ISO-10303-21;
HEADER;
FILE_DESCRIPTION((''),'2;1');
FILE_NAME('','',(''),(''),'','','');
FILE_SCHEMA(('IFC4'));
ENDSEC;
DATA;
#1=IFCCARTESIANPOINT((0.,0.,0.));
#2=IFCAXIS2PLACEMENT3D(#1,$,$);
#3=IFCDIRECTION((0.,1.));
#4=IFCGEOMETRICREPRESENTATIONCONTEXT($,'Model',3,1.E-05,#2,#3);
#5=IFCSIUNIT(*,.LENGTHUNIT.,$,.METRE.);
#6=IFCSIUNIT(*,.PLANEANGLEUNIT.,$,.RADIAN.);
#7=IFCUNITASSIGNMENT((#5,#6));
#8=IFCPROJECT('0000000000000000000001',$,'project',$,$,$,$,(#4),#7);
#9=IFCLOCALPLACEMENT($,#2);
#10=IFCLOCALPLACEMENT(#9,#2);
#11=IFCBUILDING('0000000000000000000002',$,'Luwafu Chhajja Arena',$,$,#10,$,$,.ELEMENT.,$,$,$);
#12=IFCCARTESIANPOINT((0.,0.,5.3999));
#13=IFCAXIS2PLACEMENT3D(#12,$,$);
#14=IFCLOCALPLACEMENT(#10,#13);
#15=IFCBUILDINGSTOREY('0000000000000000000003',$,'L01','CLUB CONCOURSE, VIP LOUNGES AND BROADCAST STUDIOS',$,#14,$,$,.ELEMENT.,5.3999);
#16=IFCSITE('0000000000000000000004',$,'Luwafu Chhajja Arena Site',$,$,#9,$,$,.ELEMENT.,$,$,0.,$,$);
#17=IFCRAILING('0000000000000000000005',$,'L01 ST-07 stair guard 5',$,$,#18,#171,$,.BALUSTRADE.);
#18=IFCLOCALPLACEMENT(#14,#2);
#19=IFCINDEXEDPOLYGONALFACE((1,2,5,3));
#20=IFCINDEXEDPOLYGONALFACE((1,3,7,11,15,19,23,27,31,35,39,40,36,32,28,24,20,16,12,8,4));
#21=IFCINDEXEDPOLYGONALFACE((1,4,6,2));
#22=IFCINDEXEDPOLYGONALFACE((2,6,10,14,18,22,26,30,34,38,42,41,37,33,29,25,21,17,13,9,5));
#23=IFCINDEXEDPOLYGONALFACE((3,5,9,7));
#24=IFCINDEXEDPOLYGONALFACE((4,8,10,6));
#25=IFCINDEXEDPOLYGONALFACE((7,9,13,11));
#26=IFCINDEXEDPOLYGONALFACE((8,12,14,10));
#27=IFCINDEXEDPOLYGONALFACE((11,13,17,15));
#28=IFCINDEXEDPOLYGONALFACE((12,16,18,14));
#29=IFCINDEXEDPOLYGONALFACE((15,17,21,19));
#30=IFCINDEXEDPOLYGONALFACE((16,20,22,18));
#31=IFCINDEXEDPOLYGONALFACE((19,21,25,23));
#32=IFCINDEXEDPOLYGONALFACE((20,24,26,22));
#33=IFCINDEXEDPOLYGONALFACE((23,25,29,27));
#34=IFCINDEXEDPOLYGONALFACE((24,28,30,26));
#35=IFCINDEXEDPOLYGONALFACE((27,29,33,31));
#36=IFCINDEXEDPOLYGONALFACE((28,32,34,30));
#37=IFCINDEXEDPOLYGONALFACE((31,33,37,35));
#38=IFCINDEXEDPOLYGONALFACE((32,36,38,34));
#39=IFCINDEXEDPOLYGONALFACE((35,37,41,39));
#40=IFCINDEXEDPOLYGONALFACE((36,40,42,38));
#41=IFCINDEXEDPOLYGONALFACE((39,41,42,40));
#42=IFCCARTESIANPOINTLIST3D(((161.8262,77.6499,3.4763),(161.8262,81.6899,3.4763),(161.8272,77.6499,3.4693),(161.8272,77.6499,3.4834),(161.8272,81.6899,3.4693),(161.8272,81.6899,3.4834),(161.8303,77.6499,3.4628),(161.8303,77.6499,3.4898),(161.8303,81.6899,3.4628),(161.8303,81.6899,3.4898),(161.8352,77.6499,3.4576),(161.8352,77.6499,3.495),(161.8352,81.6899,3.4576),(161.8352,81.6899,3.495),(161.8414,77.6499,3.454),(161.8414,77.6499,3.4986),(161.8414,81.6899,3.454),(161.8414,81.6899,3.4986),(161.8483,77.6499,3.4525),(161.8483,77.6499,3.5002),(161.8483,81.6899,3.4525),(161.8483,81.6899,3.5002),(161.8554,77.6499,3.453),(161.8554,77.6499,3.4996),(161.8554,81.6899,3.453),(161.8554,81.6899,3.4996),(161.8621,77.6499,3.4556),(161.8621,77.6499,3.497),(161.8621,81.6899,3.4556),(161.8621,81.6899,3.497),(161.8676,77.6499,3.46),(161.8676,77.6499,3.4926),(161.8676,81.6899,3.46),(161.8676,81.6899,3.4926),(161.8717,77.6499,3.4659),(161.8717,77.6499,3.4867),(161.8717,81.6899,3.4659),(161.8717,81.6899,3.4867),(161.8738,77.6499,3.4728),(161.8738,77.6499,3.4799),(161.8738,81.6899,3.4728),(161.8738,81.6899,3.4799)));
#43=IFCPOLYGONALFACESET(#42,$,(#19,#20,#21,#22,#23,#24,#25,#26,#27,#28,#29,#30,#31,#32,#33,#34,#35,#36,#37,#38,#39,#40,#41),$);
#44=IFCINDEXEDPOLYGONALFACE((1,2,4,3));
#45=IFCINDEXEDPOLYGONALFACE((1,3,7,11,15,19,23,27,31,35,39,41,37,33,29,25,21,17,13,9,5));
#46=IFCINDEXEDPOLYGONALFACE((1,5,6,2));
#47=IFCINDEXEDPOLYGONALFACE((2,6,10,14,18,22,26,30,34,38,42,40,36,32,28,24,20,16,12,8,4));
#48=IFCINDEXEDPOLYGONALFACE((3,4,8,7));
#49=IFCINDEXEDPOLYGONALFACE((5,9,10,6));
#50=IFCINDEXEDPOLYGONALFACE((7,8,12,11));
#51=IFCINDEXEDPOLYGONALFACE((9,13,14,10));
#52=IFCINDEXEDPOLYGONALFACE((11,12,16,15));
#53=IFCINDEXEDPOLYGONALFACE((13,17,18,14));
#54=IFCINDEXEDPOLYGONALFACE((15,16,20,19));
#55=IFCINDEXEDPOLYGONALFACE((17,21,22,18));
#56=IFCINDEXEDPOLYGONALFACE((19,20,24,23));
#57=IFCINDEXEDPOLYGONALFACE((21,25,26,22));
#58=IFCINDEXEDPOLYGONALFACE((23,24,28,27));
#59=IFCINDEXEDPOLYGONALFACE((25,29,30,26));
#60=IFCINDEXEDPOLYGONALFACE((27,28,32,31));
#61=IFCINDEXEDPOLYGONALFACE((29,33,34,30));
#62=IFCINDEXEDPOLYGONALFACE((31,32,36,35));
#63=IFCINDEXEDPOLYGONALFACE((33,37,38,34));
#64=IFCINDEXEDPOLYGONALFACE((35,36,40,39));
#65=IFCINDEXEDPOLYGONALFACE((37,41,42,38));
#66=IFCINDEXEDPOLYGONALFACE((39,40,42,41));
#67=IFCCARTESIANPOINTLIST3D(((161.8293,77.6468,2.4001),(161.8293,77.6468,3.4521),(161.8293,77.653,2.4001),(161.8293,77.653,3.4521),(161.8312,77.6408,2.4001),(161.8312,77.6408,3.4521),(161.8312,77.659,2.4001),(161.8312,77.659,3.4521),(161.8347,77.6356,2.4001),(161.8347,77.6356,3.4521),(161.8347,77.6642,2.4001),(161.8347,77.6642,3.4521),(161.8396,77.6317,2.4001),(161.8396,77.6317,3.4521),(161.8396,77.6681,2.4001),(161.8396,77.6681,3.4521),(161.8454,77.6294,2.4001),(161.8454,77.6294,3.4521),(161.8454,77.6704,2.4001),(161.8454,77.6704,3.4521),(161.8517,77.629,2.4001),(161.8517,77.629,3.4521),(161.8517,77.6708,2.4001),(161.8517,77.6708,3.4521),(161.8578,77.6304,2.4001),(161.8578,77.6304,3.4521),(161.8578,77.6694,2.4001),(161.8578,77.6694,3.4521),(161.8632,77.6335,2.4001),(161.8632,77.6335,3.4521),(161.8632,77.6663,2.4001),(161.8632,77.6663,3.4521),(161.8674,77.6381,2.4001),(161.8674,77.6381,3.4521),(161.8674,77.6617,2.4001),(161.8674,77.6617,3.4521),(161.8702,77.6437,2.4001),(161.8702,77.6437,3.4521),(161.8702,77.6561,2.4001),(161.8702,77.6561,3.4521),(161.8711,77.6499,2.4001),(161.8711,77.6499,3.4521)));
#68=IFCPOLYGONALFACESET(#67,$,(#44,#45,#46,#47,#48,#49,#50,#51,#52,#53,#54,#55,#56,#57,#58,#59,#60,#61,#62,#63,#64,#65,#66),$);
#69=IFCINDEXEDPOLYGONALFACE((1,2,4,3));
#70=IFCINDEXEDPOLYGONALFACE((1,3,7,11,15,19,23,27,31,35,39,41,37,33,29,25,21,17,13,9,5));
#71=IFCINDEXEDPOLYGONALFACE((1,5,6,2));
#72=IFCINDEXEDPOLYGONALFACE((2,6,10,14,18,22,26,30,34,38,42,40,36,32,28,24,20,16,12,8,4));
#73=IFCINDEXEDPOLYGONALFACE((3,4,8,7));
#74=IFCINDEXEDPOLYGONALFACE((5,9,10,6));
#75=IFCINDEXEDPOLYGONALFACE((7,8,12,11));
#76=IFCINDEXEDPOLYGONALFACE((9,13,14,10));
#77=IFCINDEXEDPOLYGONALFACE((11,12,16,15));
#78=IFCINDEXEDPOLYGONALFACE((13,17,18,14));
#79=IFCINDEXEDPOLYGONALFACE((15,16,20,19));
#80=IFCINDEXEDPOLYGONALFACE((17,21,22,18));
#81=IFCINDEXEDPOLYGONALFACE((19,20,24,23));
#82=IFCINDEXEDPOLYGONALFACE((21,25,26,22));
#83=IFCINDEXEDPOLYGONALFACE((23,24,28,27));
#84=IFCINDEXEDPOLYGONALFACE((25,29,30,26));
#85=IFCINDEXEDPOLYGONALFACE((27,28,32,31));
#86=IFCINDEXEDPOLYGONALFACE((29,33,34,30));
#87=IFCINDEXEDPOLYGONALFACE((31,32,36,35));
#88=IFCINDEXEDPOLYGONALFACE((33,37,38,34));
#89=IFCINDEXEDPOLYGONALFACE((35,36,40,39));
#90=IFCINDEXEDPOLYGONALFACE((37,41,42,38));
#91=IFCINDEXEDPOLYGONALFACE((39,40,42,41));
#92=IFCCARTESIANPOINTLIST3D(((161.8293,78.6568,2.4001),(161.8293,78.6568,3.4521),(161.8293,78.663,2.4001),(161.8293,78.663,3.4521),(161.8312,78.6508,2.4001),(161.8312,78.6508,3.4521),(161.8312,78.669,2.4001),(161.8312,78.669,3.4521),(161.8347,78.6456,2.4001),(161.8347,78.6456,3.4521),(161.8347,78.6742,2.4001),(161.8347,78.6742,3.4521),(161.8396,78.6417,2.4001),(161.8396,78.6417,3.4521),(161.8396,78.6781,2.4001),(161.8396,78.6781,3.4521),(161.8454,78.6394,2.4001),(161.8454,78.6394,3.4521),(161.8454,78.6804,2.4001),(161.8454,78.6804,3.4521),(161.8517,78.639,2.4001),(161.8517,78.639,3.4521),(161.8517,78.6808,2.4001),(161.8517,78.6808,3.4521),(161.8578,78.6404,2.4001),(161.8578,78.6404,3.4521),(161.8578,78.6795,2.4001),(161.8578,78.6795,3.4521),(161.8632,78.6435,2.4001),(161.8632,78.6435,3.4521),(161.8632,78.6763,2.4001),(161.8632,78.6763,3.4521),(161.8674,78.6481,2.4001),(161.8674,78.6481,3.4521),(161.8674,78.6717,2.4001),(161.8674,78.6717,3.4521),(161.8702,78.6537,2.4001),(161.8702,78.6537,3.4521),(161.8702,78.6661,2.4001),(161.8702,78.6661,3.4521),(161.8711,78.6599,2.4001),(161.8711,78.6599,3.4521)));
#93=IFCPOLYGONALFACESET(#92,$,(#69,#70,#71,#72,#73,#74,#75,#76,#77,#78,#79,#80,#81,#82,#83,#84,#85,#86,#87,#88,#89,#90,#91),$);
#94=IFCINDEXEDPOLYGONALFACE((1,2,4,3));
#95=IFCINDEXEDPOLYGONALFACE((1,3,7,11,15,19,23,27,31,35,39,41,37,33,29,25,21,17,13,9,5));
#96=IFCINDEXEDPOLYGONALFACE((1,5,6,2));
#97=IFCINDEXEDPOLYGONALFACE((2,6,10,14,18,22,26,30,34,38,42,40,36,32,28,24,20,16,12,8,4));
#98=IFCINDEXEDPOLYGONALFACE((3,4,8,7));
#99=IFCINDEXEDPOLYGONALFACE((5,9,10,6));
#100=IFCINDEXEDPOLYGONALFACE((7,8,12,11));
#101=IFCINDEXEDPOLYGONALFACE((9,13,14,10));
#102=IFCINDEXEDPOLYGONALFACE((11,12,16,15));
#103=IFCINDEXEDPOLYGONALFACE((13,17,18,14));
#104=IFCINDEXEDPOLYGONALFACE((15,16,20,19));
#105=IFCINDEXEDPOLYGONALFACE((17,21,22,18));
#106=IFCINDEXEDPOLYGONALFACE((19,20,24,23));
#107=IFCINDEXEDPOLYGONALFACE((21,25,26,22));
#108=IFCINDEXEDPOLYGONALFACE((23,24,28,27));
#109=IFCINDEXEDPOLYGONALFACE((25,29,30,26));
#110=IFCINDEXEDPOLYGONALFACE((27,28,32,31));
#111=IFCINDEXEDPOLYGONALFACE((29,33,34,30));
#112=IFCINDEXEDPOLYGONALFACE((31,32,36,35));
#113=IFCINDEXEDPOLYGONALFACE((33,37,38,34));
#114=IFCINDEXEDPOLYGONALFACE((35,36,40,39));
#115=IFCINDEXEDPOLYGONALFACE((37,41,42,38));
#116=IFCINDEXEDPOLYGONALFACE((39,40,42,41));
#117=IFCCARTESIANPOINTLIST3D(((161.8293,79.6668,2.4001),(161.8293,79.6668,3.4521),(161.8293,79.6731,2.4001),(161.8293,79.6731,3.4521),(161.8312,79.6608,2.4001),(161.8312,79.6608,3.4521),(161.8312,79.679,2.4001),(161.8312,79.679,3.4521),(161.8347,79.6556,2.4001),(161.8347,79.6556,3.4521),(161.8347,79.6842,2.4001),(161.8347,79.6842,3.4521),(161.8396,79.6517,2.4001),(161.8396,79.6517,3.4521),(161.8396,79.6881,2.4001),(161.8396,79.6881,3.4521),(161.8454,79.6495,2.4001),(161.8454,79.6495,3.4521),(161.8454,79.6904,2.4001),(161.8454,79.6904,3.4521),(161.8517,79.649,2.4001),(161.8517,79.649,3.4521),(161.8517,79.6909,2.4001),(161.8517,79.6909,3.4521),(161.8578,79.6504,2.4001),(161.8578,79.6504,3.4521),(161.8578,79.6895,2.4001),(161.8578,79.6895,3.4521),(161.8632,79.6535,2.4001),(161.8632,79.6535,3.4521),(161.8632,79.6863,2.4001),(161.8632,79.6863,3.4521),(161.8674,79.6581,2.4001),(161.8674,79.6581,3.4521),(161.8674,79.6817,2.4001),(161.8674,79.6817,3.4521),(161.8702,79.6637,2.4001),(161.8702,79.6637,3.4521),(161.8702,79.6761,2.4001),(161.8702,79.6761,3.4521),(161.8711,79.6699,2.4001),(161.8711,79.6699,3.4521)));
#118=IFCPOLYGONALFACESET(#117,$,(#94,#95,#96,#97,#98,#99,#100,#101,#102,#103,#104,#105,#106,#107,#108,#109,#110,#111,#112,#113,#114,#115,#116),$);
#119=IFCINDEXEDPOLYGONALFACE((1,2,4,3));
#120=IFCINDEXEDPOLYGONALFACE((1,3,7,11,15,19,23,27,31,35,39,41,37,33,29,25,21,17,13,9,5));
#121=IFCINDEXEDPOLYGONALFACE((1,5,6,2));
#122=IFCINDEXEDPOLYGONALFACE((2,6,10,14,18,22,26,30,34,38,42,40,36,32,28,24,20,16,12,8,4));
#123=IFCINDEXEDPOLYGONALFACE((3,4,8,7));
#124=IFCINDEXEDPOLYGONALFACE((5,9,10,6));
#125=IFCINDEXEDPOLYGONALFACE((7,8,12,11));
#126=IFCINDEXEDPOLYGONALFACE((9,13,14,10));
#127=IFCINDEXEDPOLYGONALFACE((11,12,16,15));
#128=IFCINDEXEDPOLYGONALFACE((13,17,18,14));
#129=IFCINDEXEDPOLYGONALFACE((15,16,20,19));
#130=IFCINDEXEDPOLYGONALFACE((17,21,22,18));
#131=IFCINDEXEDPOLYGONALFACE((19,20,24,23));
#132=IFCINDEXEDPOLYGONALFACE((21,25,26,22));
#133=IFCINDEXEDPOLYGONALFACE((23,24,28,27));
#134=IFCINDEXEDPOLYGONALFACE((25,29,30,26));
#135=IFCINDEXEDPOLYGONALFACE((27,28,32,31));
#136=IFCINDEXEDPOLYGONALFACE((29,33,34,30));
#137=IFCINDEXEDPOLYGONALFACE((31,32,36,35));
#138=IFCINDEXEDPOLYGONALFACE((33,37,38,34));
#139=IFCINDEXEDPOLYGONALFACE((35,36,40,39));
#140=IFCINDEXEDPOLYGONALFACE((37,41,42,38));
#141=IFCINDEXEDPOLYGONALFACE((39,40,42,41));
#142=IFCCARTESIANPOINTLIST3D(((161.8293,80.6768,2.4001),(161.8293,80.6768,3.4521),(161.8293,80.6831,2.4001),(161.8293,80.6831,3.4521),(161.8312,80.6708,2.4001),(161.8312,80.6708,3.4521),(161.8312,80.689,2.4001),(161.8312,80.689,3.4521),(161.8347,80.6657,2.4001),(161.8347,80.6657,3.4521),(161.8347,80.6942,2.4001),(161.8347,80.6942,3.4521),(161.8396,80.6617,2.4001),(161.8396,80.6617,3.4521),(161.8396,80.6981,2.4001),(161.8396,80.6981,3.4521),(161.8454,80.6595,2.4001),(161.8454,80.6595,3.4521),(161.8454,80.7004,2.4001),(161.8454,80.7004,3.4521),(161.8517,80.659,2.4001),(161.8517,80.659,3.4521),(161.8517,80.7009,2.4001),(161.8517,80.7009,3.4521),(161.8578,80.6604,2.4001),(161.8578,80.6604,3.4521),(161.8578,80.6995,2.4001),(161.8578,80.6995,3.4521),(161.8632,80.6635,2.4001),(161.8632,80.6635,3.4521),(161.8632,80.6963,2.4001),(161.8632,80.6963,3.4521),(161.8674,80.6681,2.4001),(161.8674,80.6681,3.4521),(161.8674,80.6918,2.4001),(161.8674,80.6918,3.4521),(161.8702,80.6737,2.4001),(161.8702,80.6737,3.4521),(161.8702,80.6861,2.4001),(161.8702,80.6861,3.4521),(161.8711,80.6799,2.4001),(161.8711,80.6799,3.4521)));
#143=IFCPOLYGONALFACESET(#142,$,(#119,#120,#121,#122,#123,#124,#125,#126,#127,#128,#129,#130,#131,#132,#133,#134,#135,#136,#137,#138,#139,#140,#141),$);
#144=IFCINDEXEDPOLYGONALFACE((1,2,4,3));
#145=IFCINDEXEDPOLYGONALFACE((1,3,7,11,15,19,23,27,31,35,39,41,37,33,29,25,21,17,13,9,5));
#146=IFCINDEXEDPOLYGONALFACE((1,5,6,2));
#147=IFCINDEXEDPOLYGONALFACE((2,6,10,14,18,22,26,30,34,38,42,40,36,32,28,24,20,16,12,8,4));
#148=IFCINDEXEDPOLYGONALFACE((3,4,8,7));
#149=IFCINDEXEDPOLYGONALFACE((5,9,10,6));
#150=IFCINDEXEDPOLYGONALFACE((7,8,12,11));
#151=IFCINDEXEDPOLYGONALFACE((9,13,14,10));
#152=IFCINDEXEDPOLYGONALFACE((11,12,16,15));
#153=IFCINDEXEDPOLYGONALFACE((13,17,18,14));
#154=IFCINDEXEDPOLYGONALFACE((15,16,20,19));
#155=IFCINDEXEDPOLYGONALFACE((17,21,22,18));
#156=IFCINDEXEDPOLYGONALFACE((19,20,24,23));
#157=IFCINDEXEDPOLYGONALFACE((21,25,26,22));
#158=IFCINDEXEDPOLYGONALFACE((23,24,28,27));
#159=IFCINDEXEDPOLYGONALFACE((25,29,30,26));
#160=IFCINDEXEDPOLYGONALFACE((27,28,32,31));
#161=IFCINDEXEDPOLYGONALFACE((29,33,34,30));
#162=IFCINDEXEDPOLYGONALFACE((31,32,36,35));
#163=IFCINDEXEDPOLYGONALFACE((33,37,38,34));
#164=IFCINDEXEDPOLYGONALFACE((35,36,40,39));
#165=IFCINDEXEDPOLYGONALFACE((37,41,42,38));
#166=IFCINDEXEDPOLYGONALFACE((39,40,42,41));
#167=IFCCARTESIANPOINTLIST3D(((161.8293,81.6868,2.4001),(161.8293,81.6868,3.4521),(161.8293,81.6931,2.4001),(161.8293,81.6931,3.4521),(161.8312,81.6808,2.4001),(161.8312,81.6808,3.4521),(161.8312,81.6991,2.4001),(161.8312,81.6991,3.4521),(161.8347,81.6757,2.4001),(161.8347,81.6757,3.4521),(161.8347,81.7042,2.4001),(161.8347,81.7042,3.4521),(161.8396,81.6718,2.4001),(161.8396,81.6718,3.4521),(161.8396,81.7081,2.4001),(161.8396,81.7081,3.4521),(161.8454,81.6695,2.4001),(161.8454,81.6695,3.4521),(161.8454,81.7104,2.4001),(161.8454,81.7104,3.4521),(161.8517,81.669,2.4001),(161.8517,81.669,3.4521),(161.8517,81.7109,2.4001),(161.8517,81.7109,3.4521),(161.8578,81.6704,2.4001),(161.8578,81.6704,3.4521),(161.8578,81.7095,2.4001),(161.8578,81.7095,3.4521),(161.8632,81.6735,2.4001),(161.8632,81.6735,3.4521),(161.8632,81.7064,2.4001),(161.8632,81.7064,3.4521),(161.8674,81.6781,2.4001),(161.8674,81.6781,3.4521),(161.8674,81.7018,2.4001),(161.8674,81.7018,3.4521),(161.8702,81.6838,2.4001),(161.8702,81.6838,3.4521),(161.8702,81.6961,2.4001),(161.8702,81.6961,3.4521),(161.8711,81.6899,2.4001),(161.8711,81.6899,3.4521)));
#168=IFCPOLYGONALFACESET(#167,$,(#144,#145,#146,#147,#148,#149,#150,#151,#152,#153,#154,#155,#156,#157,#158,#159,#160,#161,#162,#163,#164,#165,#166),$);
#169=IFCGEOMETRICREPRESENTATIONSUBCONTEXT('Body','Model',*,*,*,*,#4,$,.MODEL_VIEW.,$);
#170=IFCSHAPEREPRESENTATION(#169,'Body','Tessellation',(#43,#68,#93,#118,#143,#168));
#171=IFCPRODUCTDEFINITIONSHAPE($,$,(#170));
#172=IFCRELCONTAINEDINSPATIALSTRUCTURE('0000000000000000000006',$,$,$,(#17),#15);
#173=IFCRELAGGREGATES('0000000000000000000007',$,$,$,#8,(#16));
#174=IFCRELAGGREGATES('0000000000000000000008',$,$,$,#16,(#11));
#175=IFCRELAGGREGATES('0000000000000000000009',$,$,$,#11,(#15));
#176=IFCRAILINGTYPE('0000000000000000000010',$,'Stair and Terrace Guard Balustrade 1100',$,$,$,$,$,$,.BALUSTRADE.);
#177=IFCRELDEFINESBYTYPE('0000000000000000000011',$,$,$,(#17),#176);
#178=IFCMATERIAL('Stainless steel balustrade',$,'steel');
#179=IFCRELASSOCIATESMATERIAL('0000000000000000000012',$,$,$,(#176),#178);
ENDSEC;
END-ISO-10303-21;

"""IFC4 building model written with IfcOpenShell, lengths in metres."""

from ifc_helpers import new_model, si_unit, direction, frame, origin, origin_2d, place, context, subcontext, project, spatial, circle, extrude, material, type_object, element, save


model = new_model("IFC4")

# Units and contexts
model_context = context("Model", 3, precision=1e-05, world=origin(), true_north=direction((0.0, 1.0)))
body_context = subcontext(model_context, "Body", "Model", "MODEL_VIEW")
ifc_project = project(units=[si_unit("LENGTHUNIT", "METRE"), si_unit("PLANEANGLEUNIT", "RADIAN")], contexts=[model_context])

# Site, building, storey
site_placement = place(None, origin())
site = spatial("IfcSite", under=ifc_project, at=site_placement, Name="Luwafu Chhajja Arena Site", CompositionType="ELEMENT", RefElevation=0.0)
building_placement = place(site_placement, origin())
building = spatial("IfcBuilding", under=site, at=building_placement, Name="Luwafu Chhajja Arena", CompositionType="ELEMENT")
storey_placement = place(building_placement, frame((0.0, 0.0, 5.3999)))
storey = spatial("IfcBuildingStorey", under=building, at=storey_placement, Name="L01", Description="CLUB CONCOURSE, VIP LOUNGES AND BROADCAST STUDIOS", CompositionType="ELEMENT", Elevation=5.3999)

# Railing
ifc_material_1 = material(Name="Stainless steel balustrade", Category="steel")
railing_type_1 = type_object("IfcRailingType", Name="Stair and Terrace Guard Balustrade 1100", PredefinedType="BALUSTRADE", material=ifc_material_1)
railing_1_placement = place(storey_placement, frame((161.8501, 77.6499, 2.4001)))
element("IfcRailing", 1, at=railing_1_placement, inside=storey, type_object=railing_type_1, Name="L01 ST-07 stair guard 5", PredefinedType="BALUSTRADE", context=body_context, shape_type="SweptSolid", body=[
    extrude(circle(Radius=0.0239, at=origin_2d()), frame((0.0, 0.0, 1.0762), z_axis=(0.0, 1.0, 0.0), x_axis=(-1.0, 0.0, 0.0)), (0.0, 0.0, 1.0), 4.04),
    extrude(circle(Radius=0.021, at=origin_2d()), origin(), (0.0, 0.0, 1.0), 1.052),
    extrude(circle(Radius=0.021, at=origin_2d()), frame((0.0, 1.01, 0.0)), (0.0, 0.0, 1.0), 1.052),
    extrude(circle(Radius=0.021, at=origin_2d()), frame((0.0, 2.02, 0.0)), (0.0, 0.0, 1.0), 1.052),
    extrude(circle(Radius=0.021, at=origin_2d()), frame((0.0, 3.03, 0.0)), (0.0, 0.0, 1.0), 1.052),
    extrude(circle(Radius=0.021, at=origin_2d()), frame((0.0, 4.04, 0.0)), (0.0, 0.0, 1.0), 1.052),
])

save(model, "model.ifc")
